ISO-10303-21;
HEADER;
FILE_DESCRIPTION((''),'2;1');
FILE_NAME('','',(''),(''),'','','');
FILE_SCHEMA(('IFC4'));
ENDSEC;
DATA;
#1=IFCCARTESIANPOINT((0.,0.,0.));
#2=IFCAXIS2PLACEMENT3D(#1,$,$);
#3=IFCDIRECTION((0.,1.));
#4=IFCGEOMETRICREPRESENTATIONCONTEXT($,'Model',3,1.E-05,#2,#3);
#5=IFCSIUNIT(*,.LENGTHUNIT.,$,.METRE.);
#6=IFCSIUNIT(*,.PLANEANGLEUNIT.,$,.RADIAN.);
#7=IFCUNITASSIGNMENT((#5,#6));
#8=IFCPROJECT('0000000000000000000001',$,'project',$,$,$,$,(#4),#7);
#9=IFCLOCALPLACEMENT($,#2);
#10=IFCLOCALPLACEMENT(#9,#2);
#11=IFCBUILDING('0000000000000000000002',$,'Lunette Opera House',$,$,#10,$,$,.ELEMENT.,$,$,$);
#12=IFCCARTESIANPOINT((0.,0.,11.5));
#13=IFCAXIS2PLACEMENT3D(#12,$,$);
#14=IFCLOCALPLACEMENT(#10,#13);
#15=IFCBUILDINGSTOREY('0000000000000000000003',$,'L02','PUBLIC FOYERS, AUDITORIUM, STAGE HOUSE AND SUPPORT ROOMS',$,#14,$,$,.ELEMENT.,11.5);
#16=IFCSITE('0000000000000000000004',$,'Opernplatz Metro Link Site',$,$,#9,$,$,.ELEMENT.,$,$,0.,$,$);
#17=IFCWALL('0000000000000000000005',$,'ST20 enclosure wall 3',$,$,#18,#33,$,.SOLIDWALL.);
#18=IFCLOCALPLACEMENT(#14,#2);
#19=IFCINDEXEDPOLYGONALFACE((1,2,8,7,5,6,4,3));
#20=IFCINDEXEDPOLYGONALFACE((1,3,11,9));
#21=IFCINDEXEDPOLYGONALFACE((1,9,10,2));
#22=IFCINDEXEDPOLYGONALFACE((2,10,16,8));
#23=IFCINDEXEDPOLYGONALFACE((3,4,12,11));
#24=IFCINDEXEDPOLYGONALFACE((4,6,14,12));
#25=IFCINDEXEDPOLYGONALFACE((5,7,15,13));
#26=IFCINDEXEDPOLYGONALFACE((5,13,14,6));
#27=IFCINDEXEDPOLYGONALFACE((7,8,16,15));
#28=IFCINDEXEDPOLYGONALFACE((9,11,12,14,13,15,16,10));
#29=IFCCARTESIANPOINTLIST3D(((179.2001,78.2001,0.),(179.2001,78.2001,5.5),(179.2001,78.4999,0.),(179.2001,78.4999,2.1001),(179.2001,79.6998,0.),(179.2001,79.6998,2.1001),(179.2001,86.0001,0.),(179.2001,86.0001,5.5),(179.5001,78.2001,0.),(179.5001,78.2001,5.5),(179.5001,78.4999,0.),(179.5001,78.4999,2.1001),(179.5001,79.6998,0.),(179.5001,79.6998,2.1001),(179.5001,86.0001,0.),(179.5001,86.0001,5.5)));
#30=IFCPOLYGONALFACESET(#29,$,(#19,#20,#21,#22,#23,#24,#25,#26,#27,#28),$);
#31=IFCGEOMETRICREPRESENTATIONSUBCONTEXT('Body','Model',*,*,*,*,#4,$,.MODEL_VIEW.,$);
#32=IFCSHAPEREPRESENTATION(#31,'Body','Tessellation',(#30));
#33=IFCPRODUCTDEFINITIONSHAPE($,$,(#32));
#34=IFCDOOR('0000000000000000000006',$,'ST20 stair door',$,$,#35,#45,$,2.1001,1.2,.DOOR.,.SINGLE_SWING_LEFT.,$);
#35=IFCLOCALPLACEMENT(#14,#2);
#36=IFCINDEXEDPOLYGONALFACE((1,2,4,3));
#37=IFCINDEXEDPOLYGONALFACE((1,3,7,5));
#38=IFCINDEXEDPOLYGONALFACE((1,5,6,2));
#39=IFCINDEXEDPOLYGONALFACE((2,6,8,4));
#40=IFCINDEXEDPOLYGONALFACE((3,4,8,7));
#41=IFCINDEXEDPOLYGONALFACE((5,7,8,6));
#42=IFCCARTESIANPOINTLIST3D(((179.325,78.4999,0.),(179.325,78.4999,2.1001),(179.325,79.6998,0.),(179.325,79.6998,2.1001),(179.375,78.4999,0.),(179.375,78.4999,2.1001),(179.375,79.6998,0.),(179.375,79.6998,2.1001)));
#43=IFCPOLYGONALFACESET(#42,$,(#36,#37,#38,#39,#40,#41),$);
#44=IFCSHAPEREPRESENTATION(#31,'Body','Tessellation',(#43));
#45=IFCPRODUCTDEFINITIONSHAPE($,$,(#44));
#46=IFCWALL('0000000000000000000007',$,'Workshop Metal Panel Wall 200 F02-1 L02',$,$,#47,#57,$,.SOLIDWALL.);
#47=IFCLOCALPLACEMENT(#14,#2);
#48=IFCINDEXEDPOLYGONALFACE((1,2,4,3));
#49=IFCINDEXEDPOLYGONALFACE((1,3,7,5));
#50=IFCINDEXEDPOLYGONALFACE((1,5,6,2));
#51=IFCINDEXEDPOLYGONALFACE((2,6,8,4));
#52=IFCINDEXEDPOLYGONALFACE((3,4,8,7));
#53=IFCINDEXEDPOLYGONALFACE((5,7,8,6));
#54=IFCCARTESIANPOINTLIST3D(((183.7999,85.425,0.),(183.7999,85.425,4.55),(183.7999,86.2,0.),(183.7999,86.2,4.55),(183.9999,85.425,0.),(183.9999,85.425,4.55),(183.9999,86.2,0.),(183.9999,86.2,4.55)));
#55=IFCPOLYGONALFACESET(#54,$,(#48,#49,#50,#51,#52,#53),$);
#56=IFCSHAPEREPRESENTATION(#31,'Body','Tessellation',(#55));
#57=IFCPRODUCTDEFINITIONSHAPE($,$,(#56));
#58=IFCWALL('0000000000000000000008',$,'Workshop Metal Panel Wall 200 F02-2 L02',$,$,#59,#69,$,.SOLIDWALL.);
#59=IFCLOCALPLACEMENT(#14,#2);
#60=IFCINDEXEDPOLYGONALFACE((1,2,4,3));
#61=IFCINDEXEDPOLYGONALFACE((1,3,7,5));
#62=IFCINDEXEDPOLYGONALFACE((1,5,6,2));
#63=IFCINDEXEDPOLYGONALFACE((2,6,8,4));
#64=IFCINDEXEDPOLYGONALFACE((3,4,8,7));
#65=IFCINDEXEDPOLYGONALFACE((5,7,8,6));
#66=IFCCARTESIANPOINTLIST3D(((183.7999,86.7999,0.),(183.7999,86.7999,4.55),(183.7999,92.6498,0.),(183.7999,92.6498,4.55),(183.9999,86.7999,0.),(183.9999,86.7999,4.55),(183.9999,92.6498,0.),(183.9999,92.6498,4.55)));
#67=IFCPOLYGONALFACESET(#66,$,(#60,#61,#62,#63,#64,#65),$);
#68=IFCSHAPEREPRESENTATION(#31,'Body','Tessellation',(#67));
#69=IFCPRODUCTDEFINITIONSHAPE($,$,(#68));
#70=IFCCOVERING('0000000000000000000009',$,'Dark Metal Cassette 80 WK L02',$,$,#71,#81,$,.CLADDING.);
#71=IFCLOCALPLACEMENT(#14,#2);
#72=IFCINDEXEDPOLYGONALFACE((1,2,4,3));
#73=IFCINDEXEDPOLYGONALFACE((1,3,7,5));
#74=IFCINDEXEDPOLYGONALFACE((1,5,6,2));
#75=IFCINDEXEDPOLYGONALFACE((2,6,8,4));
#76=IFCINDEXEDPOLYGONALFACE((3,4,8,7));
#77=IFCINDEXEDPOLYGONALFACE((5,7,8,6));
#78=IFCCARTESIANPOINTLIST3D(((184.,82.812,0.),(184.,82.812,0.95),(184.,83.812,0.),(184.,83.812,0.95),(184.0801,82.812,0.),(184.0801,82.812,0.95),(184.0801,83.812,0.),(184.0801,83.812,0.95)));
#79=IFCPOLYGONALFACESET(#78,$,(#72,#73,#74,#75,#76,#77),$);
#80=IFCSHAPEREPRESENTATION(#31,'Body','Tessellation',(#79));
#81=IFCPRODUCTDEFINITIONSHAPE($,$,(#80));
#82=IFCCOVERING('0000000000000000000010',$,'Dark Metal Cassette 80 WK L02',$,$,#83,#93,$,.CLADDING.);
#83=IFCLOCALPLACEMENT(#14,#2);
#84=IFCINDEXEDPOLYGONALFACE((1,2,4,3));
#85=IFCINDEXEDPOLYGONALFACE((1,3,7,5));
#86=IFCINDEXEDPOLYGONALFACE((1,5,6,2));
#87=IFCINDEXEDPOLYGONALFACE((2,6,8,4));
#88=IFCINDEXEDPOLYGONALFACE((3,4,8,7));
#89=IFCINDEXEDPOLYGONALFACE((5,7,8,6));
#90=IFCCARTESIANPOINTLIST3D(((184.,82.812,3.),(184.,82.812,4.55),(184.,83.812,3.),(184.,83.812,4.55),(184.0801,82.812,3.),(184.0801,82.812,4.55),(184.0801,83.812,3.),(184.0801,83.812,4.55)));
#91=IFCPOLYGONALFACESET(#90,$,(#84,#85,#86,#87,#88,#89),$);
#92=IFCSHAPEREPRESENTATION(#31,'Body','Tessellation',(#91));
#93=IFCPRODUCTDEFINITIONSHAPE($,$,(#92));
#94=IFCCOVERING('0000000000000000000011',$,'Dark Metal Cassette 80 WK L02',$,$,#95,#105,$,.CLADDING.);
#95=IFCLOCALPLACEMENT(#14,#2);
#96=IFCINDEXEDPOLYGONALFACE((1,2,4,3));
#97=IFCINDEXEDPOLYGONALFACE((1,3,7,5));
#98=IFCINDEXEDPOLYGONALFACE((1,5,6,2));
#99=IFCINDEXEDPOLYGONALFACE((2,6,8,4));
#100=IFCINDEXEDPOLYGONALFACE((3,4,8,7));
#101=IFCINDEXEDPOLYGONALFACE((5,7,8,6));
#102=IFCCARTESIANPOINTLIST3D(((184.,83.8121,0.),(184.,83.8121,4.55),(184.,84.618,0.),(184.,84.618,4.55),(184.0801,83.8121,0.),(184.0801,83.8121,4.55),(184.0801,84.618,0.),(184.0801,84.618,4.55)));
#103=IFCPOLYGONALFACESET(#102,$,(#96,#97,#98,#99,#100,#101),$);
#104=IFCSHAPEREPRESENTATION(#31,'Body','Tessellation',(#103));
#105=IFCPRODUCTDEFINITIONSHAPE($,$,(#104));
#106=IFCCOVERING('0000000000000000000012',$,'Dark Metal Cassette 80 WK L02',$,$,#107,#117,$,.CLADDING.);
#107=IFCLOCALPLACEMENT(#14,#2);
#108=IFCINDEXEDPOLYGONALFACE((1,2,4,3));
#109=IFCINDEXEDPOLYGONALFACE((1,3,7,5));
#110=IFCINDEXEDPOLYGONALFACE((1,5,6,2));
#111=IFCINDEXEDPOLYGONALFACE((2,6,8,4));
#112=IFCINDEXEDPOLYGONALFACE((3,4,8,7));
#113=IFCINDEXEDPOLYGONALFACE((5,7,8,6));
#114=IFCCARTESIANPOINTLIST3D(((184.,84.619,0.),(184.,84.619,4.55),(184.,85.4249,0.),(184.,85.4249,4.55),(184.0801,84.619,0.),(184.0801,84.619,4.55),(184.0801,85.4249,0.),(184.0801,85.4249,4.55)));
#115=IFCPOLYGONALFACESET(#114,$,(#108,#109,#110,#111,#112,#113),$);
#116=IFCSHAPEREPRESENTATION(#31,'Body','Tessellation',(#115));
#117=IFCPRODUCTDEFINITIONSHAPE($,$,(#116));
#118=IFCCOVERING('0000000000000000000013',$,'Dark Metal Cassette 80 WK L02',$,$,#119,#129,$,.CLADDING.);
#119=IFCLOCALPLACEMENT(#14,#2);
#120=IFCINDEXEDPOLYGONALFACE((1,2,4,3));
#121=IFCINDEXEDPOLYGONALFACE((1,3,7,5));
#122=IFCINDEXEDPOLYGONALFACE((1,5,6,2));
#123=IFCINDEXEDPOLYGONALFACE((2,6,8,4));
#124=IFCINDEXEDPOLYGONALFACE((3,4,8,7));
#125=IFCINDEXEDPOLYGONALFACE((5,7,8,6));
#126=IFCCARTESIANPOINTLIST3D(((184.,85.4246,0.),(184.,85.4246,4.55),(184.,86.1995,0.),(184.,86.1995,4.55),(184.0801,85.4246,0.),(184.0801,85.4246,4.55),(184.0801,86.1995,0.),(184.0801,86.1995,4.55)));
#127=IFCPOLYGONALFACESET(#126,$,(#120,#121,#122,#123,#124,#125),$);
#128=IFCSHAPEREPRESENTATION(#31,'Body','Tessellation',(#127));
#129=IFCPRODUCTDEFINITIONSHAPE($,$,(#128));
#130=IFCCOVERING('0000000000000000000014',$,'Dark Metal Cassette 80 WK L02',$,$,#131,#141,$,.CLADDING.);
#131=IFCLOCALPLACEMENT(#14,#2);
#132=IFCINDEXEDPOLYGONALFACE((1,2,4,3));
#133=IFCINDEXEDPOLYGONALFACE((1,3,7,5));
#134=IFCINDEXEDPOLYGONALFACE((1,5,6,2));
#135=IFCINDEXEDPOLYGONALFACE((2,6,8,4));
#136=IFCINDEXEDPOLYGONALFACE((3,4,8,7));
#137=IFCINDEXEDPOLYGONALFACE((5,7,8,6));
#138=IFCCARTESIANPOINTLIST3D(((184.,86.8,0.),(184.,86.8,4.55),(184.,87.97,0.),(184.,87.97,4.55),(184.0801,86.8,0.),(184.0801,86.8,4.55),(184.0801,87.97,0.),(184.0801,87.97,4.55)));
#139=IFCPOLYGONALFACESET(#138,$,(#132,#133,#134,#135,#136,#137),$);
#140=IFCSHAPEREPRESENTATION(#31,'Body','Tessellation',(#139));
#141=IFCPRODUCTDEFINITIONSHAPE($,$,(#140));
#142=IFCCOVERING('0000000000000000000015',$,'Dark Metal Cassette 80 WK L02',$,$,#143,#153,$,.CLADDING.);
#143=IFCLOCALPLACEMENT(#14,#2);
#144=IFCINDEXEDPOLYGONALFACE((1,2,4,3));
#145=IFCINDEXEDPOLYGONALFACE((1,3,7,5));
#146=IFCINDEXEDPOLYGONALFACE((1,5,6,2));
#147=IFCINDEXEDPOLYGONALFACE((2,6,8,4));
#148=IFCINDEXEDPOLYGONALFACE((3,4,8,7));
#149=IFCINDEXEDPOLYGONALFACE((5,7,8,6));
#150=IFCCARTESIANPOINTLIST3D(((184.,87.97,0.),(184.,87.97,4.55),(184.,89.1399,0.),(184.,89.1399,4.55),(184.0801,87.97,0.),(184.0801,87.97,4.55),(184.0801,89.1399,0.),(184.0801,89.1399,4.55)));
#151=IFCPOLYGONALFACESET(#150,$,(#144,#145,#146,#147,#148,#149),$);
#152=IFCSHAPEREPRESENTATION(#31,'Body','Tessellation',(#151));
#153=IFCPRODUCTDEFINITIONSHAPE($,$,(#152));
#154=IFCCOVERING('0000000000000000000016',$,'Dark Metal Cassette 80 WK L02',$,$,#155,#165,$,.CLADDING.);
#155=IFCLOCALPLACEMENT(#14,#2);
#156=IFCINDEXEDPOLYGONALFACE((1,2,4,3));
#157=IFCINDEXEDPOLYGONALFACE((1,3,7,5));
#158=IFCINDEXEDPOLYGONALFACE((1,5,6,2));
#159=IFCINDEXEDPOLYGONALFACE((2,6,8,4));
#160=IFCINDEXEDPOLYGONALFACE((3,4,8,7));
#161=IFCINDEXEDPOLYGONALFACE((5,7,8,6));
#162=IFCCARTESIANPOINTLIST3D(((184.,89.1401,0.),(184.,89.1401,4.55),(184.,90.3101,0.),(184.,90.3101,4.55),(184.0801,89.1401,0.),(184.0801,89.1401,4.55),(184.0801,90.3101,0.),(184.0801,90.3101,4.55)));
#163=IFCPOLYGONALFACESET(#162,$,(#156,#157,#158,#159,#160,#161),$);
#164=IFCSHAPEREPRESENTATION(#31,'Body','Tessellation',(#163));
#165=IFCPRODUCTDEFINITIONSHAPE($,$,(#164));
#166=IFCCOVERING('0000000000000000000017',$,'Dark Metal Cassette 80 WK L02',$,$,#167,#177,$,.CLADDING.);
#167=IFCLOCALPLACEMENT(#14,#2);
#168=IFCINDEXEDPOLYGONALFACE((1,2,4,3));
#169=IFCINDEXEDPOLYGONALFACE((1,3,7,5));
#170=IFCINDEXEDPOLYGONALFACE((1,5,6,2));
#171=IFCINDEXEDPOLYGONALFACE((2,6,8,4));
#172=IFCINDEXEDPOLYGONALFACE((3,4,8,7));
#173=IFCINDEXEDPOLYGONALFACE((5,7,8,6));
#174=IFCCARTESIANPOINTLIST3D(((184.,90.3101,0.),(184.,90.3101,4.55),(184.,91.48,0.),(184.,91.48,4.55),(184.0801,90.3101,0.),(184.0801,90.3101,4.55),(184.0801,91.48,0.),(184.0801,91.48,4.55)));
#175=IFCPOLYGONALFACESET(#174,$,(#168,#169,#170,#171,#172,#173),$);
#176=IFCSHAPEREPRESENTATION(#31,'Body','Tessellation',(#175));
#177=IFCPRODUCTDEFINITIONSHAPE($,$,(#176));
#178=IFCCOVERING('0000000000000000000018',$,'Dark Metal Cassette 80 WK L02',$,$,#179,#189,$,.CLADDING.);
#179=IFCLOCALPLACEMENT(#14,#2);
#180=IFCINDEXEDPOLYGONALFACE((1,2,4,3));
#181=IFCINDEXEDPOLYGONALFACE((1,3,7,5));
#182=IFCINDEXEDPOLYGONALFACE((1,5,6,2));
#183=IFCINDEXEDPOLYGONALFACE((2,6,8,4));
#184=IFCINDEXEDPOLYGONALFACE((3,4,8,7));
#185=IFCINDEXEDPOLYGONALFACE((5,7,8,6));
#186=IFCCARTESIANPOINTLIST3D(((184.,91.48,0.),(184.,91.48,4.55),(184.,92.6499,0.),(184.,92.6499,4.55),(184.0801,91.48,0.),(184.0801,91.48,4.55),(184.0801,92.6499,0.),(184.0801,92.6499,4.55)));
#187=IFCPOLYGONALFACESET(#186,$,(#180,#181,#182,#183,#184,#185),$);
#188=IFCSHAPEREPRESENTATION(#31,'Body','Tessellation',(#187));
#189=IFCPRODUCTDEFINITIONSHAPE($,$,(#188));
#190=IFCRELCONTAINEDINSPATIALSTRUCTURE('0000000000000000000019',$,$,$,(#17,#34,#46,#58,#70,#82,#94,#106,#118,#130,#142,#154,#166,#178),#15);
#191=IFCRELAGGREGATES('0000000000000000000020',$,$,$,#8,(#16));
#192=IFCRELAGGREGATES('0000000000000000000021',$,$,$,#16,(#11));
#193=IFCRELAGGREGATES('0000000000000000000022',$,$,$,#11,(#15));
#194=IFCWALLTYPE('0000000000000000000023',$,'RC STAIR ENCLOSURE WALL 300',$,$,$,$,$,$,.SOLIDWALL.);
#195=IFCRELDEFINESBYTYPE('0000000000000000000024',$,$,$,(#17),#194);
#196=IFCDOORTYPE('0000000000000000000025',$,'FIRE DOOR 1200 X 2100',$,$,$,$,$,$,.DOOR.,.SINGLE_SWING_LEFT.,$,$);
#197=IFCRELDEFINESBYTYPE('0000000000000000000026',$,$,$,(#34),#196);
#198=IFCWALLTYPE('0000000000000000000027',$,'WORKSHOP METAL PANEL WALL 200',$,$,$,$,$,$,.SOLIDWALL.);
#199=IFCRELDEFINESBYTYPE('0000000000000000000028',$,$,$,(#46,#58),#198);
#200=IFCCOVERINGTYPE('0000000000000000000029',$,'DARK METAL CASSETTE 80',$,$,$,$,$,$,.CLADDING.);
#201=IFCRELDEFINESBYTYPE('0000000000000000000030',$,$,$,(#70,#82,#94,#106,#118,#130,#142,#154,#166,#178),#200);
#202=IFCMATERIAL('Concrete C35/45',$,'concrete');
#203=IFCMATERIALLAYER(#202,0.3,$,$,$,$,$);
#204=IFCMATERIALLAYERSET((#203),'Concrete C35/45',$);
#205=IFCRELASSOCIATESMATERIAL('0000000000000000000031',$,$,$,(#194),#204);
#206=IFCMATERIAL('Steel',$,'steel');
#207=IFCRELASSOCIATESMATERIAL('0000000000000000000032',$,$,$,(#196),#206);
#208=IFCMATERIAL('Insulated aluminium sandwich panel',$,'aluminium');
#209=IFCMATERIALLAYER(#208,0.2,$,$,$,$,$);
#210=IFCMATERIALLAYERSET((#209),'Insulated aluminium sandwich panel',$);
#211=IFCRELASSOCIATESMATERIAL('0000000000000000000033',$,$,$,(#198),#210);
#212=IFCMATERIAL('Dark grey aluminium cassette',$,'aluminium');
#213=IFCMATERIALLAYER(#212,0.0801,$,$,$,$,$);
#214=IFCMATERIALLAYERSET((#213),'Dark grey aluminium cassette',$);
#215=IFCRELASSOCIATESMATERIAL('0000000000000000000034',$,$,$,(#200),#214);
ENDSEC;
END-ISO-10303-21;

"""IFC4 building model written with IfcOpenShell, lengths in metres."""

from ifc_helpers import new_model, si_unit, direction, frame, frame_2d, origin, origin_2d, place, context, subcontext, project, spatial, rectangle, extrude, material, layer, layer_set, type_object, element, fill, save


model = new_model("IFC4")

# Units and contexts
model_context = context("Model", 3, precision=1e-05, world=origin(), true_north=direction((0.0, 1.0)))
body_context = subcontext(model_context, "Body", "Model", "MODEL_VIEW")
ifc_project = project(units=[si_unit("LENGTHUNIT", "METRE"), si_unit("PLANEANGLEUNIT", "RADIAN")], contexts=[model_context])

# Site, building, storey
site_placement = place(None, origin())
site = spatial("IfcSite", under=ifc_project, at=site_placement, Name="Opernplatz Metro Link Site", CompositionType="ELEMENT", RefElevation=0.0)
building_placement = place(site_placement, origin())
building = spatial("IfcBuilding", under=site, at=building_placement, Name="Lunette Opera House", CompositionType="ELEMENT")
storey_placement = place(building_placement, frame((0.0, 0.0, 11.5)))
storey = spatial("IfcBuildingStorey", under=building, at=storey_placement, Name="L02", Description="PUBLIC FOYERS, AUDITORIUM, STAGE HOUSE AND SUPPORT ROOMS", CompositionType="ELEMENT", Elevation=11.5)

# Shared definitions
ifc_material_1 = material(Name="Concrete C35/45", Category="concrete")
ifc_layer_1 = layer(ifc_material_1, 0.3)
ifc_layer_set_1 = layer_set([ifc_layer_1], Name="Concrete C35/45")
wall_type_1 = type_object("IfcWallType", Name="RC STAIR ENCLOSURE WALL 300", PredefinedType="SOLIDWALL", material=ifc_layer_set_1)

# Wall, opening, door
wall_1_placement = place(storey_placement, frame((179.3501, 86.0, 0.0), z_axis=(0.0, 0.0, 1.0), x_axis=(0.0, -1.0, 0.0)))
wall_1 = element("IfcWall", 1, at=wall_1_placement, inside=storey, type_object=wall_type_1, Name="ST20 enclosure wall 3", PredefinedType="SOLIDWALL", context=body_context, shape_type="SweptSolid", body=[
    extrude(rectangle(XDim=7.8, YDim=0.3, at=frame_2d((3.8999, 0.0))), origin(), (0.0, 0.0, 1.0), 5.5),
])
opening_placement = place(wall_1_placement, frame((6.3, 0.0, 0.0)))
opening = element("IfcOpeningElement", 2, at=opening_placement, cuts=wall_1, PredefinedType="OPENING", context=body_context, shape_type="SweptSolid", body=[
    extrude(rectangle(XDim=1.2, YDim=2.1001, at=frame_2d((0.6001, 1.05))), frame((0.0, 0.1621, 0.0), z_axis=(0.0, -1.0, 0.0), x_axis=(1.0, 0.0, 0.0)), (0.0, 0.0, 1.0), 0.324),
])
ifc_material_2 = material(Name="Steel", Category="steel")
door_type = type_object("IfcDoorType", Name="FIRE DOOR 1200 X 2100", OperationType="SINGLE_SWING_LEFT", PredefinedType="DOOR", material=ifc_material_2)
door_placement = place(opening_placement, origin())
door = element("IfcDoor", 3, at=door_placement, inside=storey, type_object=door_type, Name="ST20 stair door", OperationType="SINGLE_SWING_LEFT", OverallHeight=2.1001, OverallWidth=1.2, PredefinedType="DOOR", context=body_context, shape_type="SweptSolid", body=[
    extrude(rectangle(XDim=1.2, YDim=2.1001, at=frame_2d((0.6001, 1.05))), frame((0.0, 0.0249, 0.0), z_axis=(0.0, -1.0, 0.0), x_axis=(1.0, 0.0, 0.0)), (0.0, 0.0, 1.0), 0.05),
])
fill(opening, door)

# Walls
ifc_material_3 = material(Name="Insulated aluminium sandwich panel", Category="aluminium")
ifc_layer_2 = layer(ifc_material_3, 0.2)
ifc_layer_set_2 = layer_set([ifc_layer_2], Name="Insulated aluminium sandwich panel")
wall_type_2 = type_object("IfcWallType", Name="WORKSHOP METAL PANEL WALL 200", PredefinedType="SOLIDWALL", material=ifc_layer_set_2)
wall_2_placement = place(storey_placement, frame((183.8999, 85.425, 0.0), z_axis=(0.0, 0.0, 1.0), x_axis=(0.0, 1.0, 0.0)))
element("IfcWall", 4, at=wall_2_placement, inside=storey, type_object=wall_type_2, Name="Workshop Metal Panel Wall 200 F02-1 L02", PredefinedType="SOLIDWALL", context=body_context, shape_type="SweptSolid", body=[
    extrude(rectangle(XDim=0.7749, YDim=0.2, at=frame_2d((0.3875, 0.0))), origin(), (0.0, 0.0, 1.0), 4.55),
])
wall_3_placement = place(storey_placement, frame((183.8999, 86.8, 0.0), z_axis=(0.0, 0.0, 1.0), x_axis=(0.0, 1.0, 0.0)))
element("IfcWall", 5, at=wall_3_placement, inside=storey, type_object=wall_type_2, Name="Workshop Metal Panel Wall 200 F02-2 L02", PredefinedType="SOLIDWALL", context=body_context, shape_type="SweptSolid", body=[
    extrude(rectangle(XDim=5.8499, YDim=0.2, at=frame_2d((2.9248, 0.0))), origin(), (0.0, 0.0, 1.0), 4.55),
])

# Coverings
ifc_material_4 = material(Name="Dark grey aluminium cassette", Category="aluminium")
ifc_layer_3 = layer(ifc_material_4, 0.0801)
ifc_layer_set_3 = layer_set([ifc_layer_3], Name="Dark grey aluminium cassette")
covering_type = type_object("IfcCoveringType", Name="DARK METAL CASSETTE 80", PredefinedType="CLADDING", material=ifc_layer_set_3)
covering_1_placement = place(storey_placement, frame((184.04, 83.312, 0.0), z_axis=(0.0, 0.0, 1.0), x_axis=(0.0, 1.0, 0.0)))
element("IfcCovering", 6, at=covering_1_placement, inside=storey, type_object=covering_type, Name="Dark Metal Cassette 80 WK L02", PredefinedType="CLADDING", context=body_context, shape_type="SweptSolid", body=[
    extrude(rectangle(XDim=1.0, YDim=0.0801, at=origin_2d()), origin(), (0.0, 0.0, 1.0), 0.95),
])
covering_2_placement = place(storey_placement, frame((184.04, 83.312, 3.0), z_axis=(0.0, 0.0, 1.0), x_axis=(0.0, 1.0, 0.0)))
element("IfcCovering", 7, at=covering_2_placement, inside=storey, type_object=covering_type, Name="Dark Metal Cassette 80 WK L02", PredefinedType="CLADDING", context=body_context, shape_type="SweptSolid", body=[
    extrude(rectangle(XDim=1.0, YDim=0.0801, at=origin_2d()), origin(), (0.0, 0.0, 1.0), 1.55),
])
for number, where, z_axis, x_axis, name in (
    (8, (184.04, 84.2151, 0.0), (0.0, 0.0, 1.0), (0.0, 1.0, 0.0), "Dark Metal Cassette 80 WK L02"),
    (9, (184.04, 85.022, 0.0), (0.0, 0.0, 1.0), (0.0, 1.0, 0.0), "Dark Metal Cassette 80 WK L02"),
):
    element("IfcCovering", number, at=place(storey_placement, frame(where, z_axis=z_axis, x_axis=x_axis)), inside=storey, type_object=covering_type, Name=name, PredefinedType="CLADDING", context=body_context, shape_type="SweptSolid", body=[
        extrude(rectangle(XDim=0.8059, YDim=0.0801, at=origin_2d()), origin(), (0.0, 0.0, 1.0), 4.55),
    ])
covering_3_placement = place(storey_placement, frame((184.04, 85.812, 0.0), z_axis=(0.0, 0.0, 1.0), x_axis=(0.0, 1.0, 0.0)))
element("IfcCovering", 10, at=covering_3_placement, inside=storey, type_object=covering_type, Name="Dark Metal Cassette 80 WK L02", PredefinedType="CLADDING", context=body_context, shape_type="SweptSolid", body=[
    extrude(rectangle(XDim=0.7749, YDim=0.0801, at=origin_2d()), origin(), (0.0, 0.0, 1.0), 4.55),
])
for number, where, z_axis, x_axis, name in (
    (11, (184.04, 87.385, 0.0), (0.0, 0.0, 1.0), (0.0, 1.0, 0.0), "Dark Metal Cassette 80 WK L02"),
    (12, (184.04, 88.5549, 0.0), (0.0, 0.0, 1.0), (0.0, 1.0, 0.0), "Dark Metal Cassette 80 WK L02"),
    (13, (184.04, 89.7251, 0.0), (0.0, 0.0, 1.0), (0.0, 1.0, 0.0), "Dark Metal Cassette 80 WK L02"),
    (14, (184.04, 90.895, 0.0), (0.0, 0.0, 1.0), (0.0, 1.0, 0.0), "Dark Metal Cassette 80 WK L02"),
    (15, (184.04, 92.0649, 0.0), (0.0, 0.0, 1.0), (0.0, 1.0, 0.0), "Dark Metal Cassette 80 WK L02"),
):
    element("IfcCovering", number, at=place(storey_placement, frame(where, z_axis=z_axis, x_axis=x_axis)), inside=storey, type_object=covering_type, Name=name, PredefinedType="CLADDING", context=body_context, shape_type="SweptSolid", body=[
        extrude(rectangle(XDim=1.1699, YDim=0.0801, at=origin_2d()), origin(), (0.0, 0.0, 1.0), 4.55),
    ])

save(model, "model.ifc")
